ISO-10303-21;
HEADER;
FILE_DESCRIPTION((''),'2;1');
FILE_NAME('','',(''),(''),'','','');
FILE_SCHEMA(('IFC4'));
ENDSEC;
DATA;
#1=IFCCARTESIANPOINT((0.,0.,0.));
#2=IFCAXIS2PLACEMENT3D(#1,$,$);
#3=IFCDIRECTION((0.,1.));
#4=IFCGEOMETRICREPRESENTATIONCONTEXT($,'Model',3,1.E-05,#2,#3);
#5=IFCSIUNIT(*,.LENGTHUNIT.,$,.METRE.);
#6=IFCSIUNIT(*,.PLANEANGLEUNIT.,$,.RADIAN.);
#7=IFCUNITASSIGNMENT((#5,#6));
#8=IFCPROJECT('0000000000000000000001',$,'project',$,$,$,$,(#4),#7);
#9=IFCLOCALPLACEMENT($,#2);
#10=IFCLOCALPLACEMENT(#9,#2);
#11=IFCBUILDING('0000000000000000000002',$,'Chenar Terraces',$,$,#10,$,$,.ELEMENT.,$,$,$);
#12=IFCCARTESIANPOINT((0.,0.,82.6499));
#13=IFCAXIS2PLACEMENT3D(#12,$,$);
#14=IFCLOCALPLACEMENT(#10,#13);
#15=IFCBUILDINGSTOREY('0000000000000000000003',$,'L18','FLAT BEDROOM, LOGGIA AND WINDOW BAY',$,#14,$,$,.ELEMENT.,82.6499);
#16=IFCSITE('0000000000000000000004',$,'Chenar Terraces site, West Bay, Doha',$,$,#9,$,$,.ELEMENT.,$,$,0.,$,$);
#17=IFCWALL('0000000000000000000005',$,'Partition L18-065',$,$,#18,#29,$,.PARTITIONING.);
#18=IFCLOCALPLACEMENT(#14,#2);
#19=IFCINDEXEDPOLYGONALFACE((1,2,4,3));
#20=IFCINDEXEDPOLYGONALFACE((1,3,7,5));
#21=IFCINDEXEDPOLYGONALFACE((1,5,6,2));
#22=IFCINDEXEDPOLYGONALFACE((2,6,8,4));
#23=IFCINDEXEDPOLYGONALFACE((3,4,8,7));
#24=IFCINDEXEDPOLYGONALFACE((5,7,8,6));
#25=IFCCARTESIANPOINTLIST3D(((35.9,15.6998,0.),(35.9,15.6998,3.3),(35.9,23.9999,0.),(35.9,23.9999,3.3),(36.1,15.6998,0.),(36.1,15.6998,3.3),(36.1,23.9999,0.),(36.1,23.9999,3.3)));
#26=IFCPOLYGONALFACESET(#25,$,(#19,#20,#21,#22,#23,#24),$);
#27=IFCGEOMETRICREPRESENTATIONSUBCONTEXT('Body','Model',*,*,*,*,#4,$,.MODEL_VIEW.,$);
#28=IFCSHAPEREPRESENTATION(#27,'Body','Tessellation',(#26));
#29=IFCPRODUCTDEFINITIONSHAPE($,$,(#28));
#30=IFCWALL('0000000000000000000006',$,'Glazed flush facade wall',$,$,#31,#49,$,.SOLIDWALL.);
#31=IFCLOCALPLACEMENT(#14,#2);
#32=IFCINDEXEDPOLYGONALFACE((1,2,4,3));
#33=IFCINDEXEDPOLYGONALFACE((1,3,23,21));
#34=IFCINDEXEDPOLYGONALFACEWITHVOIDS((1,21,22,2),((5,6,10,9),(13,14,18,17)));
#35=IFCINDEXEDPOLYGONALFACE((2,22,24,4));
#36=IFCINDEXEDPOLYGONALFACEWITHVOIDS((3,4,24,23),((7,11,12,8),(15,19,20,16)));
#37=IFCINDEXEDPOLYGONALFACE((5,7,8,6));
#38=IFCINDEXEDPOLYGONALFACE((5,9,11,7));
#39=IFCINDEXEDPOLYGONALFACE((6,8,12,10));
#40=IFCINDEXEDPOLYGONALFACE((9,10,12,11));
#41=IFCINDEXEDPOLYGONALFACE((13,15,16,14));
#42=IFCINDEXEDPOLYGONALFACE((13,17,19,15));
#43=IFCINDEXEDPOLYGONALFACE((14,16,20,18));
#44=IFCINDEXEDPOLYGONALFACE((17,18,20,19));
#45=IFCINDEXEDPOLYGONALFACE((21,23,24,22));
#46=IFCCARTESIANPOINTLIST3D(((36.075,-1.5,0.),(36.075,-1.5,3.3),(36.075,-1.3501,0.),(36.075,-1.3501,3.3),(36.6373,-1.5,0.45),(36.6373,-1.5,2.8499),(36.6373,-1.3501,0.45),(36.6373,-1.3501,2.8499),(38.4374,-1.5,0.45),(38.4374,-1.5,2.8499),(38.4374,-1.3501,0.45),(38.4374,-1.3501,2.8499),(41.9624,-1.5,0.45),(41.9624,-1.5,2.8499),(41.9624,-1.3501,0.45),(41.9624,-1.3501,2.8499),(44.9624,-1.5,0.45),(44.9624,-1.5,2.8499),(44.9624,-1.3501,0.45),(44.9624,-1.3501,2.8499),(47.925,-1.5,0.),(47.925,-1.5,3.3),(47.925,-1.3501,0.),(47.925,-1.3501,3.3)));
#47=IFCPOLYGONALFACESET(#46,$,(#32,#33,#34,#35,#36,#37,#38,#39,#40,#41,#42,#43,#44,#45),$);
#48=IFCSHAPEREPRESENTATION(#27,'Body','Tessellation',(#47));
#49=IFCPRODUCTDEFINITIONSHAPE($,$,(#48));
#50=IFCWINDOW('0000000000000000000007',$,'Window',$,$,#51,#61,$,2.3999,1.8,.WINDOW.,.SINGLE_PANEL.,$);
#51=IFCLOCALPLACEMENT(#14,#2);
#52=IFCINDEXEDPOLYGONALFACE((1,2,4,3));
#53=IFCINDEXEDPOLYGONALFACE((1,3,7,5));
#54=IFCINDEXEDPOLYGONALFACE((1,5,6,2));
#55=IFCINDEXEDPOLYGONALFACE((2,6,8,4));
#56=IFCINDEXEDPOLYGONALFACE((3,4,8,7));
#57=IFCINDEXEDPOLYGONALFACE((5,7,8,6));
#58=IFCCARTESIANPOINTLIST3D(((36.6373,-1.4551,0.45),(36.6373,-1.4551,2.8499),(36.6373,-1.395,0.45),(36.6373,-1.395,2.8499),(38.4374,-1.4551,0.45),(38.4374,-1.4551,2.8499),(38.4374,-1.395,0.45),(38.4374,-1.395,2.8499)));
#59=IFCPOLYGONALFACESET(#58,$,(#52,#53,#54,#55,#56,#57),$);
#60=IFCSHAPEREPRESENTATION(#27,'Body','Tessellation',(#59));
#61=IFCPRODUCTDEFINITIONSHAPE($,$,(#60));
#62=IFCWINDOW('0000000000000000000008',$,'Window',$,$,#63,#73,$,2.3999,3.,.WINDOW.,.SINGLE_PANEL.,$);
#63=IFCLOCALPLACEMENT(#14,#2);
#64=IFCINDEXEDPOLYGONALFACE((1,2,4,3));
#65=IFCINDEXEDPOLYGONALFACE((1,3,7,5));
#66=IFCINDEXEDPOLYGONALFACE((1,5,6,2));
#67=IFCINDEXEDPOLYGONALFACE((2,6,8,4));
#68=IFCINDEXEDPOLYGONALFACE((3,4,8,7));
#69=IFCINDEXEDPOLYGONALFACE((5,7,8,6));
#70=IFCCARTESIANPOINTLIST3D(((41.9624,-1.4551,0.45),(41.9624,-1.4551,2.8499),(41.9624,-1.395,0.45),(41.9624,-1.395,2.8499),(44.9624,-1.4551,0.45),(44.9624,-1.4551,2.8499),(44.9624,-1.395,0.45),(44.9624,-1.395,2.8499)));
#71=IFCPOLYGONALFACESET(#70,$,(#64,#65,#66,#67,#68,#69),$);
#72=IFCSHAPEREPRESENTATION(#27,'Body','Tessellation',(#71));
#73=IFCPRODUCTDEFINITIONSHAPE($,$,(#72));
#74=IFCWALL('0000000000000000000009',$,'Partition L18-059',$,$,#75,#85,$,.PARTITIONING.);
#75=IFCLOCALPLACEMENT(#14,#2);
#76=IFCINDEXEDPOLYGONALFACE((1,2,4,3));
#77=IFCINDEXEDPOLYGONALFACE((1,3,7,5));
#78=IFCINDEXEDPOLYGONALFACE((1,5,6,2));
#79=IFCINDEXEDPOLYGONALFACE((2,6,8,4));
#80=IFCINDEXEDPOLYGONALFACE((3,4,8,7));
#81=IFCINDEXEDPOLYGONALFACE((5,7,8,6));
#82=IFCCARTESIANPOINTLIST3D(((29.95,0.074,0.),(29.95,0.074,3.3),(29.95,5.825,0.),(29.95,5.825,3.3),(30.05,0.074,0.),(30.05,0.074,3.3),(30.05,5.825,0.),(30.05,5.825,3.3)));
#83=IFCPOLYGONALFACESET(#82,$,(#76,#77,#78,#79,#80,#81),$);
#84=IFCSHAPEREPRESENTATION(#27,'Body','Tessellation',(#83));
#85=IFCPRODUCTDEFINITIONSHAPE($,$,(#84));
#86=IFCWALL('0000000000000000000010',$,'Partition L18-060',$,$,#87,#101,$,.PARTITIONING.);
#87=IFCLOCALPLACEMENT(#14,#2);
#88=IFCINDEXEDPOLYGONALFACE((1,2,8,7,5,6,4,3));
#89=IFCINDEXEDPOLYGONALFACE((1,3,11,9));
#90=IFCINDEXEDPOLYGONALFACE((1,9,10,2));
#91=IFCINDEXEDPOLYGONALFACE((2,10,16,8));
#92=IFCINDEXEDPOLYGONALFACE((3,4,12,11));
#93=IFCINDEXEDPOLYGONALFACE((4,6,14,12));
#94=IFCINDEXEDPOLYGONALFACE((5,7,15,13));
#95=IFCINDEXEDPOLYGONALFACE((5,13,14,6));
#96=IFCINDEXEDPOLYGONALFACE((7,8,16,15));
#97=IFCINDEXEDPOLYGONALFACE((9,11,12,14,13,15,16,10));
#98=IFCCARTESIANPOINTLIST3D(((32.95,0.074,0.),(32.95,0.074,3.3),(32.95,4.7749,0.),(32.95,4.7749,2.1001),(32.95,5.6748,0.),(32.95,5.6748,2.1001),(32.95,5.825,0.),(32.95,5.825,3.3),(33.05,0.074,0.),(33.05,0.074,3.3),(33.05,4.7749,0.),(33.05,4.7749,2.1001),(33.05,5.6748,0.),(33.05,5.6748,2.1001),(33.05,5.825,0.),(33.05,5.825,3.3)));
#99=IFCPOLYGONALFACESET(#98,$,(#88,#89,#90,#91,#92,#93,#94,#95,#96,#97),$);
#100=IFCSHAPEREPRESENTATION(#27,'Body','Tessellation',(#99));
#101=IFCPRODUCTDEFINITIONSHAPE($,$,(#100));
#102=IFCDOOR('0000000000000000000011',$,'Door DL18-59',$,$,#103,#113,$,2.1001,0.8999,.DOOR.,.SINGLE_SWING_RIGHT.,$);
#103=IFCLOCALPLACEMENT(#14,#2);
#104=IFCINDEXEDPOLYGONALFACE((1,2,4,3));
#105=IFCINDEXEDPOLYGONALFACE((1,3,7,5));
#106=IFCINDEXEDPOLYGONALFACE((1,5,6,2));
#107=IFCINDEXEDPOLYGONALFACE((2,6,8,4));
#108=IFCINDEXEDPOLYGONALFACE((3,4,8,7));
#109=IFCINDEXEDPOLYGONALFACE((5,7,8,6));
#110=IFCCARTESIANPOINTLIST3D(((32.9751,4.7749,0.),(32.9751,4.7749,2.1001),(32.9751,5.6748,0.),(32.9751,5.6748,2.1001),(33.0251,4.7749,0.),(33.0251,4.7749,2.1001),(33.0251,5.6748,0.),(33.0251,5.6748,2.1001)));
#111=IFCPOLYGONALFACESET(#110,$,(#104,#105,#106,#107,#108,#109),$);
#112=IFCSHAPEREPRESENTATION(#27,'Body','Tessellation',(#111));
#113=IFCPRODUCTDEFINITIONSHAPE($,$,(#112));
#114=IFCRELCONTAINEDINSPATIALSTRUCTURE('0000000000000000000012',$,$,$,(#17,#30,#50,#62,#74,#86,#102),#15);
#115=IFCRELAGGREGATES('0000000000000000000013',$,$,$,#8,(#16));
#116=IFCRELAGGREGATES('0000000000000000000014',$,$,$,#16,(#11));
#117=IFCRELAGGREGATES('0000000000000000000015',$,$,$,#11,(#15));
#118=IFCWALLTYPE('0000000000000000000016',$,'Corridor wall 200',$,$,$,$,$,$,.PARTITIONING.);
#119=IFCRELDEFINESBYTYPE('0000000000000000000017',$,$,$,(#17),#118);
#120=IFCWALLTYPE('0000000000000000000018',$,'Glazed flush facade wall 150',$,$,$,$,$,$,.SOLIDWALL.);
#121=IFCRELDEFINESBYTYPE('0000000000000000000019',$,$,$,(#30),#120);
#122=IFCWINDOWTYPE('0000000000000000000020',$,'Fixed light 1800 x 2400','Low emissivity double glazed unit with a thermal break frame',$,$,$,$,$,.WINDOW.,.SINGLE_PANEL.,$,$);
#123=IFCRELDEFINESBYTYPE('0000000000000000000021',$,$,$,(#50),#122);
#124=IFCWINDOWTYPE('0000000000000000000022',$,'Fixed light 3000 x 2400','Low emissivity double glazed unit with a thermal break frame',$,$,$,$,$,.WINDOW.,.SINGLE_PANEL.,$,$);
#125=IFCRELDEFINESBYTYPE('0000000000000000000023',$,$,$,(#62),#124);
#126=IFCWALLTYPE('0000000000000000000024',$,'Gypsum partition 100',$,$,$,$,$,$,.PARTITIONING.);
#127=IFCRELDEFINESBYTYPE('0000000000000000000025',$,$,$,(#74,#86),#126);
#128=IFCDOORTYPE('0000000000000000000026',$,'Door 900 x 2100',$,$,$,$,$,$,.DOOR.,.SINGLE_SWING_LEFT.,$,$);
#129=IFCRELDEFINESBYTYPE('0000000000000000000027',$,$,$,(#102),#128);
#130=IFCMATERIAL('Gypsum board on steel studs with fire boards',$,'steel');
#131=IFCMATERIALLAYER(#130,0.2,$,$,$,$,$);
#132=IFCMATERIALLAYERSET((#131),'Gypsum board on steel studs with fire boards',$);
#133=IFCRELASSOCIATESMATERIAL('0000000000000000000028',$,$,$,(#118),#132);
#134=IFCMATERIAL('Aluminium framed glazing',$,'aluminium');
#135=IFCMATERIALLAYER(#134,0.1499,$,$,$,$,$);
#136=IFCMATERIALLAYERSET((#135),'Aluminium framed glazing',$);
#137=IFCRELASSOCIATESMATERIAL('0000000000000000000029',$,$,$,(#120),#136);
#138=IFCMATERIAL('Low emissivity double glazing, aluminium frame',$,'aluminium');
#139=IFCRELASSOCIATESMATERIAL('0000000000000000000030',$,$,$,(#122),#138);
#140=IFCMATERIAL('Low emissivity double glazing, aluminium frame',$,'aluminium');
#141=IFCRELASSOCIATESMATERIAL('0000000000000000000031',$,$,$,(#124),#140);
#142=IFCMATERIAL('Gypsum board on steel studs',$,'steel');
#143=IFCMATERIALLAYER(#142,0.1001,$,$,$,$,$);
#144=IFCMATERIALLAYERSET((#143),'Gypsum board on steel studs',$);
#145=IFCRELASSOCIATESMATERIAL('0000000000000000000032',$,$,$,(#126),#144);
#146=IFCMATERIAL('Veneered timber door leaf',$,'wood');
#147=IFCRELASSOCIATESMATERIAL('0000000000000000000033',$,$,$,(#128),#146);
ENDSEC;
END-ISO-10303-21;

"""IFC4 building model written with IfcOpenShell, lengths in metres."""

from ifc_helpers import new_model, si_unit, direction, frame, frame_2d, origin, place, context, subcontext, project, spatial, rectangle, extrude, material, layer, layer_set, type_object, element, fill, save


model = new_model("IFC4")

# Units and contexts
model_context = context("Model", 3, precision=1e-05, world=origin(), true_north=direction((0.0, 1.0)))
body_context = subcontext(model_context, "Body", "Model", "MODEL_VIEW")
ifc_project = project(units=[si_unit("LENGTHUNIT", "METRE"), si_unit("PLANEANGLEUNIT", "RADIAN")], contexts=[model_context])

# Site, building, storey
site_placement = place(None, origin())
site = spatial("IfcSite", under=ifc_project, at=site_placement, Name="Chenar Terraces site, West Bay, Doha", CompositionType="ELEMENT", RefElevation=0.0)
building_placement = place(site_placement, origin())
building = spatial("IfcBuilding", under=site, at=building_placement, Name="Chenar Terraces", CompositionType="ELEMENT")
storey_placement = place(building_placement, frame((0.0, 0.0, 82.6499)))
storey = spatial("IfcBuildingStorey", under=building, at=storey_placement, Name="L18", Description="FLAT BEDROOM, LOGGIA AND WINDOW BAY", CompositionType="ELEMENT", Elevation=82.6499)

# Shared definitions
ifc_material_1 = material(Name="Gypsum board on steel studs with fire boards", Category="steel")
ifc_layer_1 = layer(ifc_material_1, 0.2)
ifc_layer_set_1 = layer_set([ifc_layer_1], Name="Gypsum board on steel studs with fire boards")
wall_type_1 = type_object("IfcWallType", Name="Corridor wall 200", PredefinedType="PARTITIONING", material=ifc_layer_set_1)

# Wall
wall_1_placement = place(storey_placement, frame((36.0, 15.7, 0.0), z_axis=(0.0, 0.0, 1.0), x_axis=(0.0, 1.0, 0.0)))
element("IfcWall", 1, at=wall_1_placement, inside=storey, type_object=wall_type_1, Name="Partition L18-065", PredefinedType="PARTITIONING", context=body_context, shape_type="SweptSolid", body=[
    extrude(rectangle(XDim=8.3, YDim=0.2, at=frame_2d((4.1499, 0.0))), origin(), (0.0, 0.0, 1.0), 3.3),
])

# Wall, openings, windows
ifc_material_2 = material(Name="Aluminium framed glazing", Category="aluminium")
ifc_layer_2 = layer(ifc_material_2, 0.1499)
ifc_layer_set_2 = layer_set([ifc_layer_2], Name="Aluminium framed glazing")
wall_type_2 = type_object("IfcWallType", Name="Glazed flush facade wall 150", PredefinedType="SOLIDWALL", material=ifc_layer_set_2)
wall_2_placement = place(storey_placement, frame((36.075, -1.425, 0.0), z_axis=(0.0, 0.0, 1.0), x_axis=(1.0, 0.0, 0.0)))
wall_2 = element("IfcWall", 2, at=wall_2_placement, inside=storey, type_object=wall_type_2, Name="Glazed flush facade wall", PredefinedType="SOLIDWALL", context=body_context, shape_type="SweptSolid", body=[
    extrude(rectangle(XDim=11.8501, YDim=0.1499, at=frame_2d((5.925, 0.0))), origin(), (0.0, 0.0, 1.0), 3.3),
])
opening_1_placement = place(wall_2_placement, frame((0.5625, 0.0, 0.45)))
opening_1 = element("IfcOpeningElement", 3, at=opening_1_placement, cuts=wall_2, PredefinedType="OPENING", context=body_context, shape_type="SweptSolid", body=[
    extrude(rectangle(XDim=1.8, YDim=2.3999, at=frame_2d((0.8999, 1.2))), frame((0.0, 0.085, 0.0), z_axis=(0.0, -1.0, 0.0), x_axis=(1.0, 0.0, 0.0)), (0.0, 0.0, 1.0), 0.1699),
])
opening_2_placement = place(wall_2_placement, frame((5.8875, 0.0, 0.45)))
opening_2 = element("IfcOpeningElement", 4, at=opening_2_placement, cuts=wall_2, PredefinedType="OPENING", context=body_context, shape_type="SweptSolid", body=[
    extrude(rectangle(XDim=3.0, YDim=2.3999, at=frame_2d((1.5, 1.2))), frame((0.0, 0.085, 0.0), z_axis=(0.0, -1.0, 0.0), x_axis=(1.0, 0.0, 0.0)), (0.0, 0.0, 1.0), 0.1699),
])
ifc_material_3 = material(Name="Low emissivity double glazing, aluminium frame", Category="aluminium")
window_type_1 = type_object("IfcWindowType", Name="Fixed light 1800 x 2400", Description="Low emissivity double glazed unit with a thermal break frame", PartitioningType="SINGLE_PANEL", PredefinedType="WINDOW", material=ifc_material_3)
window_1_placement = place(opening_1_placement, origin())
window_1 = element("IfcWindow", 5, at=window_1_placement, inside=storey, type_object=window_type_1, Name="Window", OverallHeight=2.3999, OverallWidth=1.8, PartitioningType="SINGLE_PANEL", PredefinedType="WINDOW", context=body_context, shape_type="SweptSolid", body=[
    extrude(rectangle(XDim=1.8, YDim=2.3999, at=frame_2d((0.8999, 1.2))), frame((0.0, 0.03, 0.0), z_axis=(0.0, -1.0, 0.0), x_axis=(1.0, 0.0, 0.0)), (0.0, 0.0, 1.0), 0.0601),
])
fill(opening_1, window_1)
ifc_material_4 = material(Name="Low emissivity double glazing, aluminium frame", Category="aluminium")
window_type_2 = type_object("IfcWindowType", Name="Fixed light 3000 x 2400", Description="Low emissivity double glazed unit with a thermal break frame", PartitioningType="SINGLE_PANEL", PredefinedType="WINDOW", material=ifc_material_4)
window_2_placement = place(opening_2_placement, origin())
window_2 = element("IfcWindow", 6, at=window_2_placement, inside=storey, type_object=window_type_2, Name="Window", OverallHeight=2.3999, OverallWidth=3.0, PartitioningType="SINGLE_PANEL", PredefinedType="WINDOW", context=body_context, shape_type="SweptSolid", body=[
    extrude(rectangle(XDim=3.0, YDim=2.3999, at=frame_2d((1.5, 1.2))), frame((0.0, 0.03, 0.0), z_axis=(0.0, -1.0, 0.0), x_axis=(1.0, 0.0, 0.0)), (0.0, 0.0, 1.0), 0.0601),
])
fill(opening_2, window_2)

# Wall
ifc_material_5 = material(Name="Gypsum board on steel studs", Category="steel")
ifc_layer_3 = layer(ifc_material_5, 0.1001)
ifc_layer_set_3 = layer_set([ifc_layer_3], Name="Gypsum board on steel studs")
wall_type_3 = type_object("IfcWallType", Name="Gypsum partition 100", PredefinedType="PARTITIONING", material=ifc_layer_set_3)
wall_3_placement = place(storey_placement, frame((30.0, 0.074, 0.0), z_axis=(0.0, 0.0, 1.0), x_axis=(0.0, 1.0, 0.0)))
element("IfcWall", 7, at=wall_3_placement, inside=storey, type_object=wall_type_3, Name="Partition L18-059", PredefinedType="PARTITIONING", context=body_context, shape_type="SweptSolid", body=[
    extrude(rectangle(XDim=5.751, YDim=0.1001, at=frame_2d((2.8755, 0.0))), origin(), (0.0, 0.0, 1.0), 3.3),
])

# Wall, opening, door
wall_4_placement = place(storey_placement, frame((33.0, 0.074, 0.0), z_axis=(0.0, 0.0, 1.0), x_axis=(0.0, 1.0, 0.0)))
wall_4 = element("IfcWall", 8, at=wall_4_placement, inside=storey, type_object=wall_type_3, Name="Partition L18-060", PredefinedType="PARTITIONING", context=body_context, shape_type="SweptSolid", body=[
    extrude(rectangle(XDim=5.751, YDim=0.1001, at=frame_2d((2.8755, 0.0))), origin(), (0.0, 0.0, 1.0), 3.3),
])
opening_3_placement = place(wall_4_placement, frame((4.7009, 0.0, 0.0)))
opening_3 = element("IfcOpeningElement", 9, at=opening_3_placement, cuts=wall_4, PredefinedType="OPENING", context=body_context, shape_type="SweptSolid", body=[
    extrude(rectangle(XDim=0.8999, YDim=2.1001, at=frame_2d((0.45, 1.05))), frame((0.0, 0.0601, 0.0), z_axis=(0.0, -1.0, 0.0), x_axis=(1.0, 0.0, 0.0)), (0.0, 0.0, 1.0), 0.1201),
])
ifc_material_6 = material(Name="Veneered timber door leaf", Category="wood")
door_type_1 = type_object("IfcDoorType", Name="Door 900 x 2100", OperationType="SINGLE_SWING_LEFT", PredefinedType="DOOR", material=ifc_material_6)
door_1_placement = place(opening_3_placement, origin())
door_1 = element("IfcDoor", 10, at=door_1_placement, inside=storey, type_object=door_type_1, Name="Door DL18-59", OperationType="SINGLE_SWING_RIGHT", OverallHeight=2.1001, OverallWidth=0.8999, PredefinedType="DOOR", context=body_context, shape_type="SweptSolid", body=[
    extrude(rectangle(XDim=0.8999, YDim=2.1001, at=frame_2d((0.45, 1.05))), frame((0.0, 0.0249, 0.0), z_axis=(0.0, -1.0, 0.0), x_axis=(1.0, 0.0, 0.0)), (0.0, 0.0, 1.0), 0.05),
])
fill(opening_3, door_1)

save(model, "model.ifc")
